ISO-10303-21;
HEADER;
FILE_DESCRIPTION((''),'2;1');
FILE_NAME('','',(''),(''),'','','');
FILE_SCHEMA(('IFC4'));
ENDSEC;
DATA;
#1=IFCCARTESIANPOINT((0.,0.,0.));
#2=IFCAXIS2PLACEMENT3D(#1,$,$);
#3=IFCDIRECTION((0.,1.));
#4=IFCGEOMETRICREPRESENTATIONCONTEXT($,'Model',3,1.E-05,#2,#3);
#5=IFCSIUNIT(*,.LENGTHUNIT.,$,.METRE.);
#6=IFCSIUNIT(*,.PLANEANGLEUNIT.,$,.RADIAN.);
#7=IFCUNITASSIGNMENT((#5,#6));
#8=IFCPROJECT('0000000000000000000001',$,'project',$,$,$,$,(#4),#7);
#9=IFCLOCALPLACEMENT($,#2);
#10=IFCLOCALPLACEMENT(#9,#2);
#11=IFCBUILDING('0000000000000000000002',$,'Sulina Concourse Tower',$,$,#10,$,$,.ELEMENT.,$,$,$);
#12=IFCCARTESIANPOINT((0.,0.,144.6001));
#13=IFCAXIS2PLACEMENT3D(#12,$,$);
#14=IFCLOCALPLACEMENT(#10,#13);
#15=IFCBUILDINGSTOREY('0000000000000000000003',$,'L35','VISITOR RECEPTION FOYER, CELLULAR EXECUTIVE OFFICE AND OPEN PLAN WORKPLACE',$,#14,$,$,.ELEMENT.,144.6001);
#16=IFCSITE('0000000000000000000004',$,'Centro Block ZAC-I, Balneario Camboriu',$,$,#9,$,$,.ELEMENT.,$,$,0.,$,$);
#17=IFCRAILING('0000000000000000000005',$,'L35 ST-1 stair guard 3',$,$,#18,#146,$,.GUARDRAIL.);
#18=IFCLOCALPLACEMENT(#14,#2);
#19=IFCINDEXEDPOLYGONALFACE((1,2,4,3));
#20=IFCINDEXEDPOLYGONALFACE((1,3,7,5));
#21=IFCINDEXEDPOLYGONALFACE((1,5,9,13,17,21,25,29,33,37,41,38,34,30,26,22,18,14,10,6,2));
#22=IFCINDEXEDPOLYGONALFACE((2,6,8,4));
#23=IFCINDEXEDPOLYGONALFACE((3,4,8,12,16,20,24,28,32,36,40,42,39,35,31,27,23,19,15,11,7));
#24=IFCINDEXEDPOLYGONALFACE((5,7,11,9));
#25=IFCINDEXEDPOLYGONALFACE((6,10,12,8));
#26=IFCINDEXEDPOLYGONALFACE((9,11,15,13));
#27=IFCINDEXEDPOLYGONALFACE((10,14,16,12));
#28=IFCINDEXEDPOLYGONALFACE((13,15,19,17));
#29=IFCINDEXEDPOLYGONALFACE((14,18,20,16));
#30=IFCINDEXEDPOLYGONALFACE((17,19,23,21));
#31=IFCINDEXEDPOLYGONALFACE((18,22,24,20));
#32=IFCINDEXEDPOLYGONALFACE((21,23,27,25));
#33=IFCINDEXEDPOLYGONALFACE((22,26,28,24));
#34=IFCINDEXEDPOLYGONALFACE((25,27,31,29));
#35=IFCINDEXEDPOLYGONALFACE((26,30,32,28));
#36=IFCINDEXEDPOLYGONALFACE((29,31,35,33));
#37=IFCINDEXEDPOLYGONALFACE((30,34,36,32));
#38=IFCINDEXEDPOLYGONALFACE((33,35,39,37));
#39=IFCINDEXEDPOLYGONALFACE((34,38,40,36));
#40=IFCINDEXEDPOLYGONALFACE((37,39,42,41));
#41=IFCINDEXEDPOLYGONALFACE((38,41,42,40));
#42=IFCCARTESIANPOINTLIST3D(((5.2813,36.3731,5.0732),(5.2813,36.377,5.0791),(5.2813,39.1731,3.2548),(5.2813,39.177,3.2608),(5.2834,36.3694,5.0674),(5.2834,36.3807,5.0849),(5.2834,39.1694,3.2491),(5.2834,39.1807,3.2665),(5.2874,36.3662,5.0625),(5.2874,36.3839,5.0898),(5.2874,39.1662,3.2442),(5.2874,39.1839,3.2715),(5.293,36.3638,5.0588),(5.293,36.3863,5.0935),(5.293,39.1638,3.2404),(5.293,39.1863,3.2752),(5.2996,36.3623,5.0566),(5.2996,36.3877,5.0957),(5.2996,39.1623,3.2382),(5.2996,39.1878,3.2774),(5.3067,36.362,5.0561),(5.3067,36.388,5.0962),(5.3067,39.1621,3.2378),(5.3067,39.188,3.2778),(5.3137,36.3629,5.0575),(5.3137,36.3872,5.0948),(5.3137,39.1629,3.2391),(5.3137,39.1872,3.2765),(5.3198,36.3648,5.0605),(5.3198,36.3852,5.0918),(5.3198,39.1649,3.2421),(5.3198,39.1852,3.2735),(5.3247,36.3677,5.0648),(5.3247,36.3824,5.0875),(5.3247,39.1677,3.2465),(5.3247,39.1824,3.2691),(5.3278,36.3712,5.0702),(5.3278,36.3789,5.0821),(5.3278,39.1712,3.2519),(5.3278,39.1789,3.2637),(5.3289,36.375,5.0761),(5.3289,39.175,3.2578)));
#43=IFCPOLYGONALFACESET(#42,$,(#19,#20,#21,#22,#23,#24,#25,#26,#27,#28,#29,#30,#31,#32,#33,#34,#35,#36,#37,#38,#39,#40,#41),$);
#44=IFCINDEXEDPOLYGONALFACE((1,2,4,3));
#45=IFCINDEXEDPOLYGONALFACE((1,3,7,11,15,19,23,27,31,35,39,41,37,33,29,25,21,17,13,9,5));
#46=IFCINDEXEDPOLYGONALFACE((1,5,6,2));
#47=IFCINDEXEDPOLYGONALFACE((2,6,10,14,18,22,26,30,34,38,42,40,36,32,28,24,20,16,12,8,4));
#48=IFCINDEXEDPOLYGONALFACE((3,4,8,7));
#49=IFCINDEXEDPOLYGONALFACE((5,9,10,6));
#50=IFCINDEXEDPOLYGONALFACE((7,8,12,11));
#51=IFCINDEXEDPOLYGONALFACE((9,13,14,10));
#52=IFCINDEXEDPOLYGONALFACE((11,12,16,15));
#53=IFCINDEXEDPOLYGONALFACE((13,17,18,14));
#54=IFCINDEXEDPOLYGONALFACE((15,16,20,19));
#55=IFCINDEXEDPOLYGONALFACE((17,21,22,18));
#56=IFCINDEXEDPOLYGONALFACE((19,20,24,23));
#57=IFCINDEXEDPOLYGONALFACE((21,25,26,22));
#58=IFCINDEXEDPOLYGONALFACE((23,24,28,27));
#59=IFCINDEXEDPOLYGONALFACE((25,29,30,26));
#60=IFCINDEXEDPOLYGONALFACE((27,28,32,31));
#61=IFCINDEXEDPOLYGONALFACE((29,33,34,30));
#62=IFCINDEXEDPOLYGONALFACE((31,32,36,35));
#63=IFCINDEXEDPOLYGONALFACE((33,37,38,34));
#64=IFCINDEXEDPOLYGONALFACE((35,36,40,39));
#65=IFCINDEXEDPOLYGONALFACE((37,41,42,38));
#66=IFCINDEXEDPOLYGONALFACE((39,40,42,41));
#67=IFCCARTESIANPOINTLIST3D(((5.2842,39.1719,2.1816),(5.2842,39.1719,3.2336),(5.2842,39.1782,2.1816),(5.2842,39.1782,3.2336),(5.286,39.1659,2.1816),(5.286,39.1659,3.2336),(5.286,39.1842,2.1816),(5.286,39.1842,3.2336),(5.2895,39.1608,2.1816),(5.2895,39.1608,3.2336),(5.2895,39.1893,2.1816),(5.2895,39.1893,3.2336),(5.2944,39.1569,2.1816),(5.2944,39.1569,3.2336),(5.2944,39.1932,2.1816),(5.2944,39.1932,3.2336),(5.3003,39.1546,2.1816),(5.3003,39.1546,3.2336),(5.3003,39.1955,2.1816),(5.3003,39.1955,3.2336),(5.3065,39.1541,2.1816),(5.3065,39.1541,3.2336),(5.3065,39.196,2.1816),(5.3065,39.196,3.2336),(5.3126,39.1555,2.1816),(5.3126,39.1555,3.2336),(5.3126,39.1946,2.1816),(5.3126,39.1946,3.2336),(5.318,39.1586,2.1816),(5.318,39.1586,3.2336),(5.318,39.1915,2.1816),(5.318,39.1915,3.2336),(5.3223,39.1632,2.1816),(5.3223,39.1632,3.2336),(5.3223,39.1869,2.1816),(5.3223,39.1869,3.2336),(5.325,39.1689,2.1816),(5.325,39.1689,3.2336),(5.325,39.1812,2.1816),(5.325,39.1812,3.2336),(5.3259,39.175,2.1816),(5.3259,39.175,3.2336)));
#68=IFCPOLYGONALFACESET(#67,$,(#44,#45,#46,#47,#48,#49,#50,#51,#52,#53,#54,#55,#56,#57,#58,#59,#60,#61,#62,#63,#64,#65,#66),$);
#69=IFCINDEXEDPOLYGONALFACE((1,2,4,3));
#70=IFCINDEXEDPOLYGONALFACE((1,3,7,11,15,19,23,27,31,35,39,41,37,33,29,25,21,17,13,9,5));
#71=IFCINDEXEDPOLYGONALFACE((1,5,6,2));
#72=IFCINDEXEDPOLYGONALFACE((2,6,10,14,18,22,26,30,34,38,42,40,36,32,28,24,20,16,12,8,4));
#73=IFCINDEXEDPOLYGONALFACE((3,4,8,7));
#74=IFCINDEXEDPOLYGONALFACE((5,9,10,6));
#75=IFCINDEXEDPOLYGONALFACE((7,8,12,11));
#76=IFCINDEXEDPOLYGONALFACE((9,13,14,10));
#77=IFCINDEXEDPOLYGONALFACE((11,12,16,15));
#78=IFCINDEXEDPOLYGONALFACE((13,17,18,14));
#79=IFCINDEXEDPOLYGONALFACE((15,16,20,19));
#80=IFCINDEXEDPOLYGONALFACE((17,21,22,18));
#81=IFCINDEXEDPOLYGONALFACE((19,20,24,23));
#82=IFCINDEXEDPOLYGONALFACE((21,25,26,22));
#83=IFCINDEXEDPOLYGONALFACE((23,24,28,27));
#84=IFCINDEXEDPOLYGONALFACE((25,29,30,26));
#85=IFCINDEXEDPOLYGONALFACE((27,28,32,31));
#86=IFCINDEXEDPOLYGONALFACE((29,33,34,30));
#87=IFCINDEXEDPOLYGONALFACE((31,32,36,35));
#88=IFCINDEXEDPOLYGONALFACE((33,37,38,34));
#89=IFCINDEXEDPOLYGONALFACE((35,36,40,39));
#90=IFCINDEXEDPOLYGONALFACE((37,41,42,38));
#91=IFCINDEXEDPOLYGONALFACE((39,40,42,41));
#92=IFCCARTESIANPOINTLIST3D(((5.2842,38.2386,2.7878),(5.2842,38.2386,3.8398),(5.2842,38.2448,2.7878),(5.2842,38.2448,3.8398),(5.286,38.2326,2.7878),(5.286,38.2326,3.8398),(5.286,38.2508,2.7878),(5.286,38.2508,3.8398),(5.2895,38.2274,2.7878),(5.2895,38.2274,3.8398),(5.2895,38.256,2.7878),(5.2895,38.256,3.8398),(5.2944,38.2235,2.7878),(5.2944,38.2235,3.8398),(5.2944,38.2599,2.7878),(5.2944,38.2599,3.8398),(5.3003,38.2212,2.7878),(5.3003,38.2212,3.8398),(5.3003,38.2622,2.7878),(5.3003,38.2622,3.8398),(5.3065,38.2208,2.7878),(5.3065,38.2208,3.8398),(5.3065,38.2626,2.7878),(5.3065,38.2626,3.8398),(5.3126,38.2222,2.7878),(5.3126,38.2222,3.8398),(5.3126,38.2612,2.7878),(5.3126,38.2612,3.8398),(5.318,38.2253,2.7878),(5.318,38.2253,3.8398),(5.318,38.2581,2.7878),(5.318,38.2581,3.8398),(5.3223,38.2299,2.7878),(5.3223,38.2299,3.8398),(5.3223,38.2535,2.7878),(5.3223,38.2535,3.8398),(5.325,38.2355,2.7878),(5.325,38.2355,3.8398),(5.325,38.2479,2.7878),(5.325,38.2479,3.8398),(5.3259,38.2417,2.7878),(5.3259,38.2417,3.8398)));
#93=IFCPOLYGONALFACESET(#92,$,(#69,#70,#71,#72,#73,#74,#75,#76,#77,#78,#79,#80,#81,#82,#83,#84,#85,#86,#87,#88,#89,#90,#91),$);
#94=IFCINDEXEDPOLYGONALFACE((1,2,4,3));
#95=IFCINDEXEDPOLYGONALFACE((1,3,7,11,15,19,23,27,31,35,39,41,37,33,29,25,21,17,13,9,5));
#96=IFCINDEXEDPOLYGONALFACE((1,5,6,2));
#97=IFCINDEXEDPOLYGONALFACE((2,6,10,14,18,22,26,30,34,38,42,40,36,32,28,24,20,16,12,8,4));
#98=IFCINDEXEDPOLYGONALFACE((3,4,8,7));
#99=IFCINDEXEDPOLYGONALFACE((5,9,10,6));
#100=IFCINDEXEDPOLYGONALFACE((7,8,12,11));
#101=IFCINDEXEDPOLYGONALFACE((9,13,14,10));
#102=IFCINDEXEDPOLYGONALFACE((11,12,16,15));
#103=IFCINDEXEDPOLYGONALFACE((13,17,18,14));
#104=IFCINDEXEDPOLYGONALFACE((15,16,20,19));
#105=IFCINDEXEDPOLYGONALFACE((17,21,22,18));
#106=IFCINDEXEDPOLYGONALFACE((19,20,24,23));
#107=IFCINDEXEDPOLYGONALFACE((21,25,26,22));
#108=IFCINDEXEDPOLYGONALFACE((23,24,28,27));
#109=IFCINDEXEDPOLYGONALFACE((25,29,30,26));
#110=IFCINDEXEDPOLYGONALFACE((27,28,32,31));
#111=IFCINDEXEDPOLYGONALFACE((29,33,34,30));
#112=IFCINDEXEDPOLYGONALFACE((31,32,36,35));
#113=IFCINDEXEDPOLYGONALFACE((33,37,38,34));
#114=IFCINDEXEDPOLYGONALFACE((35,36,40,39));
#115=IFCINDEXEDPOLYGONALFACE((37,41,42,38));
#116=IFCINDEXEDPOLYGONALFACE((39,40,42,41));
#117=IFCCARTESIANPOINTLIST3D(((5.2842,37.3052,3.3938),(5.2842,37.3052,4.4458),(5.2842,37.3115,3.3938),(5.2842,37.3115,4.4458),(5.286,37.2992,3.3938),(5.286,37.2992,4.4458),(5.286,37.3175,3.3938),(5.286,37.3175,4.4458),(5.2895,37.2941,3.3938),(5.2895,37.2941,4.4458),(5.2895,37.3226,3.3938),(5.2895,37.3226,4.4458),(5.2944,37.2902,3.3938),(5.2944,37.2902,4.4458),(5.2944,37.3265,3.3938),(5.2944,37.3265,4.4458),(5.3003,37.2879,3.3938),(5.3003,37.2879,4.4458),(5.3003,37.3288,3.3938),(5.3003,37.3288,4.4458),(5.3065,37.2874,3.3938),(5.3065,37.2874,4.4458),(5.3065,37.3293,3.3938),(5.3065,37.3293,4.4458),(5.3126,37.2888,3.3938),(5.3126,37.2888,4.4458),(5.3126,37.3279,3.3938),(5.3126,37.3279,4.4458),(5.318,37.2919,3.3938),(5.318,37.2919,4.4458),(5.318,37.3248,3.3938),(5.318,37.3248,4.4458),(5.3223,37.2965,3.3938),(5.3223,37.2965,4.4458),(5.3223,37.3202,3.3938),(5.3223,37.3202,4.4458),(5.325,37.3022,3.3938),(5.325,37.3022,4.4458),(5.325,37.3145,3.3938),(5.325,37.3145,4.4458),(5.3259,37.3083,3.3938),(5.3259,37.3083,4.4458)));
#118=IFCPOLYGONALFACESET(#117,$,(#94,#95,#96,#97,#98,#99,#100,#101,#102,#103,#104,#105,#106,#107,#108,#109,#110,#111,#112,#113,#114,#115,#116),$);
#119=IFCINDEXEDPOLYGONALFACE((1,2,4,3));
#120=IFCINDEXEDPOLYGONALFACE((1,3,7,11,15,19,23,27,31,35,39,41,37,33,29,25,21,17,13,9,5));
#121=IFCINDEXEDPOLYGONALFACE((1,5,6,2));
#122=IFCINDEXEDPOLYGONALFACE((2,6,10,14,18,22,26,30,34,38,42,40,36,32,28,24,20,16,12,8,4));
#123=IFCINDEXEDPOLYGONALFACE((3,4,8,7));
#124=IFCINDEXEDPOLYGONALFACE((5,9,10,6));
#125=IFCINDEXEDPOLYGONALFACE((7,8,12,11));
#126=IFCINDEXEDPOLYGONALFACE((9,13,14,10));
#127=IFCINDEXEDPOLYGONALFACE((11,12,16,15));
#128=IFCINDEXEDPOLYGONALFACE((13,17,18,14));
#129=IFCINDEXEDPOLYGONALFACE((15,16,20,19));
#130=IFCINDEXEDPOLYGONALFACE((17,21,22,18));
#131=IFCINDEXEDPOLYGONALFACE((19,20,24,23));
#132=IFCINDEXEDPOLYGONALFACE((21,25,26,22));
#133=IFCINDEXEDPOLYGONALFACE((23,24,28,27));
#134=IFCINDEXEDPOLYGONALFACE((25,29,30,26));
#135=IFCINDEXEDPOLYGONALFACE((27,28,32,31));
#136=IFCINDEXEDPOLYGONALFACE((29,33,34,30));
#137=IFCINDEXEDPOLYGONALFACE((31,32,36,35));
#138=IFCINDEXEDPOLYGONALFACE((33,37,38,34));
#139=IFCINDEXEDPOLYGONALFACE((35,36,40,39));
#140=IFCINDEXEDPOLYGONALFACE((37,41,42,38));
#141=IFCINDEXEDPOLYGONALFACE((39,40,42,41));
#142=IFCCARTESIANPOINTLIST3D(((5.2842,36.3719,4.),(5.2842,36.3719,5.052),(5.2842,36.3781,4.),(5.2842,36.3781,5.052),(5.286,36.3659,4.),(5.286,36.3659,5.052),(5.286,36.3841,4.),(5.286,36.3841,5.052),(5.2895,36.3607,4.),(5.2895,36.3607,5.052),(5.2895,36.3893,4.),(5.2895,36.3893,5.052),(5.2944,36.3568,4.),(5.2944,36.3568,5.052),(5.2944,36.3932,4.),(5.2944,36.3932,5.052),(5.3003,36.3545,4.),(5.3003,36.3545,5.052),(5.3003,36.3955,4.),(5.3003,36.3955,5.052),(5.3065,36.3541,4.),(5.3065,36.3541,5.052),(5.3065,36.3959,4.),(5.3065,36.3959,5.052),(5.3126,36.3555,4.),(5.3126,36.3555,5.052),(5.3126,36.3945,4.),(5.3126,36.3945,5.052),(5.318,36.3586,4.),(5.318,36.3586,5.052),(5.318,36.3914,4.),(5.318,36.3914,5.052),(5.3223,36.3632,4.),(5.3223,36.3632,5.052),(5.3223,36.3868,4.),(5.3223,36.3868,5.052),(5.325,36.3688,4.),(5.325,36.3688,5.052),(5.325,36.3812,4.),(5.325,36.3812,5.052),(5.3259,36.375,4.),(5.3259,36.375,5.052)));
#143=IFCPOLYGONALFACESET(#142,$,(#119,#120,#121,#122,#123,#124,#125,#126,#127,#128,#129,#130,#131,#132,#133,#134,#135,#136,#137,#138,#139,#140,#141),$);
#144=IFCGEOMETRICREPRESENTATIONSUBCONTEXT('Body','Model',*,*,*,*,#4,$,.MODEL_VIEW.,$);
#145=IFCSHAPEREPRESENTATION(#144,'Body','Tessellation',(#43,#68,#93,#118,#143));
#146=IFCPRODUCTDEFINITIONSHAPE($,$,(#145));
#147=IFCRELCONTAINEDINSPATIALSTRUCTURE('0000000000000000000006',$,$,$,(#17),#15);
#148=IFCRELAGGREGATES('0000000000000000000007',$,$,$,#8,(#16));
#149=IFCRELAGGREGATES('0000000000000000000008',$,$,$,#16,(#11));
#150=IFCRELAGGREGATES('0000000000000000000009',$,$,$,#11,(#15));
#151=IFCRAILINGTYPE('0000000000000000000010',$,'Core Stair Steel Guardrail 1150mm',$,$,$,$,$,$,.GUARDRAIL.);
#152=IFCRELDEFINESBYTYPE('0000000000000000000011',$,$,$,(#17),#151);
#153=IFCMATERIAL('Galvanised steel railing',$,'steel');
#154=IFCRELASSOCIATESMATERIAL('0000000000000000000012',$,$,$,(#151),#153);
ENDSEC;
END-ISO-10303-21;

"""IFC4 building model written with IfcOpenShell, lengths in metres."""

from ifc_helpers import new_model, si_unit, direction, frame, origin, origin_2d, place, context, subcontext, project, spatial, circle, extrude, material, type_object, element, save


model = new_model("IFC4")

# Units and contexts
model_context = context("Model", 3, precision=1e-05, world=origin(), true_north=direction((0.0, 1.0)))
body_context = subcontext(model_context, "Body", "Model", "MODEL_VIEW")
ifc_project = project(units=[si_unit("LENGTHUNIT", "METRE"), si_unit("PLANEANGLEUNIT", "RADIAN")], contexts=[model_context])

# Site, building, storey
site_placement = place(None, origin())
site = spatial("IfcSite", under=ifc_project, at=site_placement, Name="Centro Block ZAC-I, Balneario Camboriu", CompositionType="ELEMENT", RefElevation=0.0)
building_placement = place(site_placement, origin())
building = spatial("IfcBuilding", under=site, at=building_placement, Name="Sulina Concourse Tower", CompositionType="ELEMENT")
storey_placement = place(building_placement, frame((0.0, 0.0, 144.6001)))
storey = spatial("IfcBuildingStorey", under=building, at=storey_placement, Name="L35", Description="VISITOR RECEPTION FOYER, CELLULAR EXECUTIVE OFFICE AND OPEN PLAN WORKPLACE", CompositionType="ELEMENT", Elevation=144.6001)

# Railing
ifc_material_1 = material(Name="Galvanised steel railing", Category="steel")
railing_type_1 = type_object("IfcRailingType", Name="Core Stair Steel Guardrail 1150mm", PredefinedType="GUARDRAIL", material=ifc_material_1)
railing_1_placement = place(storey_placement, frame((5.3049, 39.175, 2.1816)))
element("IfcRailing", 1, at=railing_1_placement, inside=storey, type_object=railing_type_1, Name="L35 ST-1 stair guard 3", PredefinedType="GUARDRAIL", context=body_context, shape_type="SweptSolid", body=[
    extrude(circle(Radius=0.0239, at=origin_2d()), frame((0.0, 0.0, 1.0762), z_axis=(0.0, -0.838672, 0.544636), x_axis=(1.0, 0.0, 0.0)), (0.0, 0.0, 1.0), 3.3386),
    extrude(circle(Radius=0.021, at=origin_2d()), origin(), (0.0, 0.0, 1.0), 1.052),
    extrude(circle(Radius=0.021, at=origin_2d()), frame((0.0, -0.9333, 0.6062)), (0.0, 0.0, 1.0), 1.052),
    extrude(circle(Radius=0.021, at=origin_2d()), frame((0.0, -1.8667, 1.2122)), (0.0, 0.0, 1.0), 1.052),
    extrude(circle(Radius=0.021, at=origin_2d()), frame((0.0, -2.8, 1.8184)), (0.0, 0.0, 1.0), 1.052),
])

save(model, "model.ifc")
